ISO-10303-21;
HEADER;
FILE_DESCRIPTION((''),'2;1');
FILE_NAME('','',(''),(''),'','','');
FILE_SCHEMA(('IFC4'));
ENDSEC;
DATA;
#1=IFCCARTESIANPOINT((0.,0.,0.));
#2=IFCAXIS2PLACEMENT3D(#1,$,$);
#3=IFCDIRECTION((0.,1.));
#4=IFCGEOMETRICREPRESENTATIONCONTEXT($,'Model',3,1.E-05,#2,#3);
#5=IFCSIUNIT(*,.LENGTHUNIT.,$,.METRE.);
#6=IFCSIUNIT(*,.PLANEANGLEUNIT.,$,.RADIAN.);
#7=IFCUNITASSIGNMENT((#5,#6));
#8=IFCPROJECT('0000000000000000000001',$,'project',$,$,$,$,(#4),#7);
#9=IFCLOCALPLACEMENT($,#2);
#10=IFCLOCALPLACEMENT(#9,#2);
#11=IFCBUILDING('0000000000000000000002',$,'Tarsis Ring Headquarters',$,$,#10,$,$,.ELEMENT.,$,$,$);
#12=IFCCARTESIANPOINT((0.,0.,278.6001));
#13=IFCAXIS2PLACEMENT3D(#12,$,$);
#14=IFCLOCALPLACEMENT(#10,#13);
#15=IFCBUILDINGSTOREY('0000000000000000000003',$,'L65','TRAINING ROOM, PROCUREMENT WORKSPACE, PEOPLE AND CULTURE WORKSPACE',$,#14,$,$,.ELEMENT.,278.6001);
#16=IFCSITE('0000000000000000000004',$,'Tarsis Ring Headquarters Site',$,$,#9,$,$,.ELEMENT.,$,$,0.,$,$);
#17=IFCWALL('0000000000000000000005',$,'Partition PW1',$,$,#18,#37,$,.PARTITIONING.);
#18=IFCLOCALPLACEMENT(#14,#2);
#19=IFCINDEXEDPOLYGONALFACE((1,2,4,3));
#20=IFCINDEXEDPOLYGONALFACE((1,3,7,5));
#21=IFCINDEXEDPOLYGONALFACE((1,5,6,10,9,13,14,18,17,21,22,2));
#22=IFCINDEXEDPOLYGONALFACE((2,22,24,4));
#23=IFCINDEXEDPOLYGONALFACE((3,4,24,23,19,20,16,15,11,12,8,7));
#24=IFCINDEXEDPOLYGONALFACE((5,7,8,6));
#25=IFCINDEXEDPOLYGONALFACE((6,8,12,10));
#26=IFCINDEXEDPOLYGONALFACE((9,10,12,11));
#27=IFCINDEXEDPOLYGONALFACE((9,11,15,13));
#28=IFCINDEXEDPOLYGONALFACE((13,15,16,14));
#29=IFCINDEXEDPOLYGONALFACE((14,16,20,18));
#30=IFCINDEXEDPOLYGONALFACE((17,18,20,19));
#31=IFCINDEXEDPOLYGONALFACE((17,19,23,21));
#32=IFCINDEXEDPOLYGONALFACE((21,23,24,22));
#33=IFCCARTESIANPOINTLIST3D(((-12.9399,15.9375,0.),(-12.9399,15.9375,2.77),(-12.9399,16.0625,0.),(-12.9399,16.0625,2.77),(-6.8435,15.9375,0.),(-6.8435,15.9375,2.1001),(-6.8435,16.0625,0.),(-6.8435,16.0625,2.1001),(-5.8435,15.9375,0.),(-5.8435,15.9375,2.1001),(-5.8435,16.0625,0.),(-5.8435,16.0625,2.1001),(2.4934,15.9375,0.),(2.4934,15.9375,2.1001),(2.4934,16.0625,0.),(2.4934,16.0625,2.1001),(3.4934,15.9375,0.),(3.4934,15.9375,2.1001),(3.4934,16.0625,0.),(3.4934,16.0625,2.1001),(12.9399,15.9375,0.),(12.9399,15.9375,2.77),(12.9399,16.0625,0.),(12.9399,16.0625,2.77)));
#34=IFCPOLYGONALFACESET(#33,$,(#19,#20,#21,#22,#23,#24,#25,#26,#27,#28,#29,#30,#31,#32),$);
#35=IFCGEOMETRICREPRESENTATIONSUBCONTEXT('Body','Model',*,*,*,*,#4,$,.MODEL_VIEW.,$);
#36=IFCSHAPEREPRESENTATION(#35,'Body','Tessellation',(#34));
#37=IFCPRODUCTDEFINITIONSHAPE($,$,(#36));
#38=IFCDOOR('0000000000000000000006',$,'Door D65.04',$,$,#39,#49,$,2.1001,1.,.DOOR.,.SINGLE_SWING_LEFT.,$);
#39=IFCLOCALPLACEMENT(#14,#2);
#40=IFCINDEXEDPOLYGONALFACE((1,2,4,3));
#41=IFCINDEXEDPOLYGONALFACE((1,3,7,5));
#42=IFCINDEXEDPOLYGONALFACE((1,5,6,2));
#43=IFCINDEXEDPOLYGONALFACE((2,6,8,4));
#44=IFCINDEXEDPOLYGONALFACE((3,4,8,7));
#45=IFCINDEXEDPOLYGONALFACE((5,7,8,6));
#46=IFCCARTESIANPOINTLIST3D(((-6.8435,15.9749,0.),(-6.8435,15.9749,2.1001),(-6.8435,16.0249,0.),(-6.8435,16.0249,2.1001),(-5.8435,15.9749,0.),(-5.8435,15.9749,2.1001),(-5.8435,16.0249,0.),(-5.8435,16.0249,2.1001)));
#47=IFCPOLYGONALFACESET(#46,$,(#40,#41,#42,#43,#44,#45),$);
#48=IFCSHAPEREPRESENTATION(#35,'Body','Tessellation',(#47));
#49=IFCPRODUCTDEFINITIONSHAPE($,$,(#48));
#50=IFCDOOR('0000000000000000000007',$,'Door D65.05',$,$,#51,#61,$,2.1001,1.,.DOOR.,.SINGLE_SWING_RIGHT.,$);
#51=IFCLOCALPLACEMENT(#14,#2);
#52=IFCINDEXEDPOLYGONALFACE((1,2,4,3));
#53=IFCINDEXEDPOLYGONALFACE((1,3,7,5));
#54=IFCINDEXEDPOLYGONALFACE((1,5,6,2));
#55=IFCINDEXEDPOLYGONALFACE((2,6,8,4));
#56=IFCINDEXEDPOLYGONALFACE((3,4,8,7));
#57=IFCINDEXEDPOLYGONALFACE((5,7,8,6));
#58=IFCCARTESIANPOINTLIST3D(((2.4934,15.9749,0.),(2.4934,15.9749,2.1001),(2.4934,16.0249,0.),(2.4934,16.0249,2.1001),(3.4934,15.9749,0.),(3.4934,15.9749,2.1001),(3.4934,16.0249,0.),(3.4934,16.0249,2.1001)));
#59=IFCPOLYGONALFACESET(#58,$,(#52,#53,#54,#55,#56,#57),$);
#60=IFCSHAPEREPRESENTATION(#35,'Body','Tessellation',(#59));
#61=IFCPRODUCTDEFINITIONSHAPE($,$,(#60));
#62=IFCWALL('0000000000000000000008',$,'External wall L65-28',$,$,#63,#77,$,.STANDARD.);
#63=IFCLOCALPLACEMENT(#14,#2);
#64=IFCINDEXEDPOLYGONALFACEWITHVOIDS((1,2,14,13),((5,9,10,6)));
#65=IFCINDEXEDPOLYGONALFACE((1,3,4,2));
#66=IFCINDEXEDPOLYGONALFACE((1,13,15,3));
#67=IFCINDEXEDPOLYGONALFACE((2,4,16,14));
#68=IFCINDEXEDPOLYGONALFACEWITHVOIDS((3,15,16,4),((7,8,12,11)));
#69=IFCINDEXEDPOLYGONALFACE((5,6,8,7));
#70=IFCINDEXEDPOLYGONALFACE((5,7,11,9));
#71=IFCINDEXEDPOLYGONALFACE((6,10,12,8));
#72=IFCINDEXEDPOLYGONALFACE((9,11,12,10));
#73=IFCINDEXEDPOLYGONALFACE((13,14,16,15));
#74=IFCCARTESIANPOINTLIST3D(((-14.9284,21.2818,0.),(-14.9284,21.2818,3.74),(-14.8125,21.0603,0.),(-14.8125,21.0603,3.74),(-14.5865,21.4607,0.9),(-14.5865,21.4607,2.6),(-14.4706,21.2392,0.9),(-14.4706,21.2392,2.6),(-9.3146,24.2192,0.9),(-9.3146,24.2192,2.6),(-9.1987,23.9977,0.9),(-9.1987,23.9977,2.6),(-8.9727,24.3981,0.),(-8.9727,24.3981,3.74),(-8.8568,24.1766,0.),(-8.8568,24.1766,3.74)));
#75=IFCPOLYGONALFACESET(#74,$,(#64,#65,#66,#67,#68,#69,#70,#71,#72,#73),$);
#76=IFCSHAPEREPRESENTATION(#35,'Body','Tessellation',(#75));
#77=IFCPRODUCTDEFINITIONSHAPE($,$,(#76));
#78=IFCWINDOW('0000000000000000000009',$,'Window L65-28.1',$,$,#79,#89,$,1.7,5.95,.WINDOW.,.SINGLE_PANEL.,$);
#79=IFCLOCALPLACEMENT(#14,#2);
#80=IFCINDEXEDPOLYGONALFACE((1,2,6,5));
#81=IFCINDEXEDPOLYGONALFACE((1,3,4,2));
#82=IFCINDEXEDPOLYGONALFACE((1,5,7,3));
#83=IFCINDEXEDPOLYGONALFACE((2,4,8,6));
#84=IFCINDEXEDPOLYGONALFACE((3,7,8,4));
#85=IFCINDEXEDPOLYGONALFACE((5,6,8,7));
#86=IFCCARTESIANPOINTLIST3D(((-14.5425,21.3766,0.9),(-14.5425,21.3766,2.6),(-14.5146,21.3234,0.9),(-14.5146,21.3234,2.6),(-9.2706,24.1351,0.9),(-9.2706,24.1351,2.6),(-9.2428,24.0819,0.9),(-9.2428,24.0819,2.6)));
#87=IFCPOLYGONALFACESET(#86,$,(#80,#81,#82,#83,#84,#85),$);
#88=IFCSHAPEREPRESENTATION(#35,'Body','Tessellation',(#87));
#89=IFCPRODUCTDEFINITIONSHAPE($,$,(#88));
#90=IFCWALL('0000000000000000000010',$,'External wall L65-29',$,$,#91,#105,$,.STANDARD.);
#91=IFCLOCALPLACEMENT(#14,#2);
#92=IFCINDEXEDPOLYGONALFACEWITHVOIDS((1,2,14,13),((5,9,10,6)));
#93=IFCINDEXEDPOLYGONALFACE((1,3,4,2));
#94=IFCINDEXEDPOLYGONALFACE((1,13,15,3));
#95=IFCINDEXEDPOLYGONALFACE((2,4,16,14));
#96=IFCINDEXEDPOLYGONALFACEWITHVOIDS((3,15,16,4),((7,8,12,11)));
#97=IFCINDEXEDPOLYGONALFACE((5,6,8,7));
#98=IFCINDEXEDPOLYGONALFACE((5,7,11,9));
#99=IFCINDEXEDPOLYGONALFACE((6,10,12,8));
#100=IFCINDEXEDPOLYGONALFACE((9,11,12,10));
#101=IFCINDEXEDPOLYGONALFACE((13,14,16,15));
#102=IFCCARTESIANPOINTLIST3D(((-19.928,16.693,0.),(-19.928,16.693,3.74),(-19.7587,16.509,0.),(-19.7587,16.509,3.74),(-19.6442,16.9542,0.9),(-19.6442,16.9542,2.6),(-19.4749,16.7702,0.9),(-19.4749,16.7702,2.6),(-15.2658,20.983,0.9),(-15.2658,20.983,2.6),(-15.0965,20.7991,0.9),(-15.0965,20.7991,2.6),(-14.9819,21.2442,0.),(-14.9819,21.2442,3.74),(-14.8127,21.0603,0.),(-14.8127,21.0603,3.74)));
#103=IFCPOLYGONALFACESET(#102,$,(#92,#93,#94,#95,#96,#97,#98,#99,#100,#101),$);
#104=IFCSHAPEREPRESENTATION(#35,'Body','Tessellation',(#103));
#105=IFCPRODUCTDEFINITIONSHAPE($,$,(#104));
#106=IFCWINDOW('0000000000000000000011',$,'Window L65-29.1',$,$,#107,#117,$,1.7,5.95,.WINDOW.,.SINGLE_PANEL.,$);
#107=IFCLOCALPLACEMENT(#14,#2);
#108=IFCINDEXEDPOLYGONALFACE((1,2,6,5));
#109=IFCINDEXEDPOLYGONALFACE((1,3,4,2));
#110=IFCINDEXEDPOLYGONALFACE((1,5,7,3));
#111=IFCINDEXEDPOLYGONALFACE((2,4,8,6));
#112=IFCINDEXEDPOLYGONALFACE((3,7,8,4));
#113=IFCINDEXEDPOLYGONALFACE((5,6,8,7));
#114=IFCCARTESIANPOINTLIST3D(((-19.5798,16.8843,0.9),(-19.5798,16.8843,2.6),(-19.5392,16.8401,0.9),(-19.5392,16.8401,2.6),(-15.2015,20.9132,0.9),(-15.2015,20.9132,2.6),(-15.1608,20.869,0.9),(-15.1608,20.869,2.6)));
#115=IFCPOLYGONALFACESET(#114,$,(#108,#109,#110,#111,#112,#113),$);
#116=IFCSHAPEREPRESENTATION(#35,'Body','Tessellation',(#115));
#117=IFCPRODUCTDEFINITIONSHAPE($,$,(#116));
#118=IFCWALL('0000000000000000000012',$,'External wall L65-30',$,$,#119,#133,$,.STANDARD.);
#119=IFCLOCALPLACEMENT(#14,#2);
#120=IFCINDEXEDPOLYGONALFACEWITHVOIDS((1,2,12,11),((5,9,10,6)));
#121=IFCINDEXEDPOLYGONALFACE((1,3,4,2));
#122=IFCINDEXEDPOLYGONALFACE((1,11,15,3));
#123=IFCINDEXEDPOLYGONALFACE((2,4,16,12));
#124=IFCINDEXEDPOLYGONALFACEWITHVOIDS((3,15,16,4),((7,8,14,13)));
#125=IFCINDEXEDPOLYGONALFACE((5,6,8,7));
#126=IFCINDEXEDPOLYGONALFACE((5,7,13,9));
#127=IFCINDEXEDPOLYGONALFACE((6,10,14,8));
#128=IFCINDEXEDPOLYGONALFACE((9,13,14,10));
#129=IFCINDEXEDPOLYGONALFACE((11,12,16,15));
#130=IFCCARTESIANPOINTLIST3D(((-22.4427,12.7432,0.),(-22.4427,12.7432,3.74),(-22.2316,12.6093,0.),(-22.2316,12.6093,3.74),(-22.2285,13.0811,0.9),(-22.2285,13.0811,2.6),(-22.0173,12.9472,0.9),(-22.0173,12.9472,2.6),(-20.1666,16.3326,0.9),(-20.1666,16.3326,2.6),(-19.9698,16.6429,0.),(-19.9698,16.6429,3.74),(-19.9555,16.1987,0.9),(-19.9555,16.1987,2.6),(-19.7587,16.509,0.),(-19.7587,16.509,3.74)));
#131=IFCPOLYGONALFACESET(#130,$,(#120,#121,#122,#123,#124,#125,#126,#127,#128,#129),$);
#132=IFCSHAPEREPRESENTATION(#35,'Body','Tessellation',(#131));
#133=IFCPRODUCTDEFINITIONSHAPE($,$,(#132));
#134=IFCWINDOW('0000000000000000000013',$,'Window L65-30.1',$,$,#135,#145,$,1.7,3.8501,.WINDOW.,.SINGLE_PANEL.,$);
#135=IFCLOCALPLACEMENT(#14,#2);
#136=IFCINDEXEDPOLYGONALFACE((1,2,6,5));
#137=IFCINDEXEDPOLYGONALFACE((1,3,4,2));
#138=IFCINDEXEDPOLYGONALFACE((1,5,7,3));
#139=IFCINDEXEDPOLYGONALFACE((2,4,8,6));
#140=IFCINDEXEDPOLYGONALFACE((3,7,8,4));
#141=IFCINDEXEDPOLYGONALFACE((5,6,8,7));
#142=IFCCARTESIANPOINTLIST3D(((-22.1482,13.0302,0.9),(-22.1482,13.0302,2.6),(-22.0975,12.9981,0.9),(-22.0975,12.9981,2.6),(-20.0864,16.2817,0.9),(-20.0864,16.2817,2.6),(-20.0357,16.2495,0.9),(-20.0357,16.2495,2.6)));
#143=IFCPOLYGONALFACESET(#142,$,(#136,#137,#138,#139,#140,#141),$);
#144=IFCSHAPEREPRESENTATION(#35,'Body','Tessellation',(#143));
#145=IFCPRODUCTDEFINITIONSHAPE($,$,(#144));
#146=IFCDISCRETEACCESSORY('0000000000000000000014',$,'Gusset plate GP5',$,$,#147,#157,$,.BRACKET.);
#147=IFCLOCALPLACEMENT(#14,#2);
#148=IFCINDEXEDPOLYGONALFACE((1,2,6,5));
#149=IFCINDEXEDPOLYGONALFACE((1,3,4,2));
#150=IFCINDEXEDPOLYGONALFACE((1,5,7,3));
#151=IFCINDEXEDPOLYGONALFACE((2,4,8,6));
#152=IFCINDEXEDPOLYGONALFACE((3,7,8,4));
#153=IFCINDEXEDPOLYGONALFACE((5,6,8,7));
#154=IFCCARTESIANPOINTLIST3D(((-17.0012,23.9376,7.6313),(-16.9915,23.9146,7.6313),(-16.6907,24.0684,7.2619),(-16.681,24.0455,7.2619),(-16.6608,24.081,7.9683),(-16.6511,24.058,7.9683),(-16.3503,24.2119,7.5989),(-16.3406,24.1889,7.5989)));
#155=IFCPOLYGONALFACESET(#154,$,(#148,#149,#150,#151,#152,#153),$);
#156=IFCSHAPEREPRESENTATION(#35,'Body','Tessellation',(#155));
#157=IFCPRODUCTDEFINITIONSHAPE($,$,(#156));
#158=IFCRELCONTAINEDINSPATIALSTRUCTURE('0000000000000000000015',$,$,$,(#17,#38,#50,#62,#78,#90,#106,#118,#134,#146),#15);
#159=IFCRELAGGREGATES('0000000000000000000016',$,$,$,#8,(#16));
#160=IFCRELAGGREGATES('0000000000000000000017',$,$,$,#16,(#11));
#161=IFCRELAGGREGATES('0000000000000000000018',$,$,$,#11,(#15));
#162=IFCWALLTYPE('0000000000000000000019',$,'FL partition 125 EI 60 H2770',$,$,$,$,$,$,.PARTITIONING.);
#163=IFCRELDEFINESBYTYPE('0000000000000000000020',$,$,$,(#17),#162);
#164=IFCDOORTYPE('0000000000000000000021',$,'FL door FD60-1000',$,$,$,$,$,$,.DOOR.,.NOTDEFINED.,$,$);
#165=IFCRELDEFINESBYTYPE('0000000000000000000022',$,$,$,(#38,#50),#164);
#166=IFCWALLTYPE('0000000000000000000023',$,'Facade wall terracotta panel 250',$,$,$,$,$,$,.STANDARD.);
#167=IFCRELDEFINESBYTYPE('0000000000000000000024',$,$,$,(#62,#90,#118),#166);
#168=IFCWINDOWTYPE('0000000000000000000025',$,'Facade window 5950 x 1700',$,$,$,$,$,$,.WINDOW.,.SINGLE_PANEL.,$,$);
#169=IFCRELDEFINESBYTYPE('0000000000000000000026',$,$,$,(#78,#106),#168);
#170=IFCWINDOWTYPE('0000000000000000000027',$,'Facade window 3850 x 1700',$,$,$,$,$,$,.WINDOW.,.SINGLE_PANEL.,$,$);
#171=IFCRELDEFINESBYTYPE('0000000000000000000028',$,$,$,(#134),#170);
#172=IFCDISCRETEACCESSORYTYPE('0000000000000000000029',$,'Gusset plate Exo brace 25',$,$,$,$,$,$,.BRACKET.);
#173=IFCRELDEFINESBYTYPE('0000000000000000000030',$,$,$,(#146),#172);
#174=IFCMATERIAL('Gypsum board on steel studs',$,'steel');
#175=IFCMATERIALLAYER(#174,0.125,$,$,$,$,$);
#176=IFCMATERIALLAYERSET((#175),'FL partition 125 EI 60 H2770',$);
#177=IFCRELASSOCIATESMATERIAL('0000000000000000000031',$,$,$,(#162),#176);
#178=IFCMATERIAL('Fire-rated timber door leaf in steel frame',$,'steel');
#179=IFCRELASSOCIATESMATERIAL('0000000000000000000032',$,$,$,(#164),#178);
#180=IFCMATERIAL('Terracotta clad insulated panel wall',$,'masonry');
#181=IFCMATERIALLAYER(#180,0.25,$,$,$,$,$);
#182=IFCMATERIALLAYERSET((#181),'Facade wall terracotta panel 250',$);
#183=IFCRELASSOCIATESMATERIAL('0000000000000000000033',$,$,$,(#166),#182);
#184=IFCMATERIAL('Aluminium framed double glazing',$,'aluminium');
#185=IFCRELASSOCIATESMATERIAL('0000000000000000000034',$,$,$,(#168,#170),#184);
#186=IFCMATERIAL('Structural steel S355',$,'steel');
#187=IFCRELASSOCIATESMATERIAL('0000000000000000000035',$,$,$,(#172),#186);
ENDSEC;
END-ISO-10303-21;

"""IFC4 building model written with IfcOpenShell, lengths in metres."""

from ifc_helpers import new_model, si_unit, direction, frame, frame_2d, origin, origin_2d, place, context, subcontext, project, spatial, rectangle, extrude, material, layer, layer_set, material_profile, profile_set, type_object, element, fill, save


model = new_model("IFC4")

# Units and contexts
model_context = context("Model", 3, precision=1e-05, world=origin(), true_north=direction((0.0, 1.0)))
body_context = subcontext(model_context, "Body", "Model", "MODEL_VIEW")
ifc_project = project(units=[si_unit("LENGTHUNIT", "METRE"), si_unit("PLANEANGLEUNIT", "RADIAN")], contexts=[model_context])

# Site, building, storey
site_placement = place(None, origin())
site = spatial("IfcSite", under=ifc_project, at=site_placement, Name="Tarsis Ring Headquarters Site", CompositionType="ELEMENT", RefElevation=0.0)
building_placement = place(site_placement, origin())
building = spatial("IfcBuilding", under=site, at=building_placement, Name="Tarsis Ring Headquarters", CompositionType="ELEMENT")
storey_placement = place(building_placement, frame((0.0, 0.0, 278.6001)))
storey = spatial("IfcBuildingStorey", under=building, at=storey_placement, Name="L65", Description="TRAINING ROOM, PROCUREMENT WORKSPACE, PEOPLE AND CULTURE WORKSPACE", CompositionType="ELEMENT", Elevation=278.6001)

# Shared definitions
ifc_material_1 = material(Name="Structural steel S355", Category="steel")

# Shared definitions
ifc_material_2 = material(Name="Gypsum board on steel studs", Category="steel")

# Wall, openings, doors
ifc_layer_1 = layer(ifc_material_2, 0.125)
ifc_layer_set_1 = layer_set([ifc_layer_1], Name="FL partition 125 EI 60 H2770")
wall_type_1 = type_object("IfcWallType", Name="FL partition 125 EI 60 H2770", PredefinedType="PARTITIONING", material=ifc_layer_set_1)
wall_1_placement = place(storey_placement, frame((-12.9399, 16.0, 0.0), z_axis=(0.0, 0.0, 1.0), x_axis=(1.0, 0.0, 0.0)))
wall_1 = element("IfcWall", 1, at=wall_1_placement, inside=storey, type_object=wall_type_1, Name="Partition PW1", PredefinedType="PARTITIONING", context=body_context, shape_type="SweptSolid", body=[
    extrude(rectangle(XDim=25.8799, YDim=0.125, at=frame_2d((12.9399, 0.0))), origin(), (0.0, 0.0, 1.0), 2.77),
])
opening_1_placement = place(wall_1_placement, frame((6.0964, 0.0, 0.0)))
opening_1 = element("IfcOpeningElement", 2, at=opening_1_placement, cuts=wall_1, PredefinedType="OPENING", context=body_context, shape_type="SweptSolid", body=[
    extrude(rectangle(XDim=1.0, YDim=2.1001, at=frame_2d((0.5, 1.05))), frame((0.0, 0.0725, 0.0), z_axis=(0.0, -1.0, 0.0), x_axis=(1.0, 0.0, 0.0)), (0.0, 0.0, 1.0), 0.145),
])
opening_2_placement = place(wall_1_placement, frame((15.4333, 0.0, 0.0)))
opening_2 = element("IfcOpeningElement", 3, at=opening_2_placement, cuts=wall_1, PredefinedType="OPENING", context=body_context, shape_type="SweptSolid", body=[
    extrude(rectangle(XDim=1.0, YDim=2.1001, at=frame_2d((0.5, 1.05))), frame((0.0, 0.0725, 0.0), z_axis=(0.0, -1.0, 0.0), x_axis=(1.0, 0.0, 0.0)), (0.0, 0.0, 1.0), 0.145),
])
ifc_material_3 = material(Name="Fire-rated timber door leaf in steel frame", Category="steel")
door_type = type_object("IfcDoorType", Name="FL door FD60-1000", OperationType="NOTDEFINED", PredefinedType="DOOR", material=ifc_material_3)
door_1_placement = place(opening_1_placement, origin())
door_1 = element("IfcDoor", 4, at=door_1_placement, inside=storey, type_object=door_type, Name="Door D65.04", OperationType="SINGLE_SWING_LEFT", OverallHeight=2.1001, OverallWidth=1.0, PredefinedType="DOOR", context=body_context, shape_type="SweptSolid", body=[
    extrude(rectangle(XDim=1.0, YDim=2.1001, at=frame_2d((0.5, 1.05))), frame((0.0, 0.0249, 0.0), z_axis=(0.0, -1.0, 0.0), x_axis=(1.0, 0.0, 0.0)), (0.0, 0.0, 1.0), 0.05),
])
fill(opening_1, door_1)
door_2_placement = place(opening_2_placement, origin())
door_2 = element("IfcDoor", 5, at=door_2_placement, inside=storey, type_object=door_type, Name="Door D65.05", OperationType="SINGLE_SWING_RIGHT", OverallHeight=2.1001, OverallWidth=1.0, PredefinedType="DOOR", context=body_context, shape_type="SweptSolid", body=[
    extrude(rectangle(XDim=1.0, YDim=2.1001, at=frame_2d((0.5, 1.05))), frame((0.0, 0.0249, 0.0), z_axis=(0.0, -1.0, 0.0), x_axis=(1.0, 0.0, 0.0)), (0.0, 0.0, 1.0), 0.05),
])
fill(opening_2, door_2)

# Walls, openings, windows
ifc_material_4 = material(Name="Terracotta clad insulated panel wall", Category="masonry")
ifc_layer_2 = layer(ifc_material_4, 0.25)
ifc_layer_set_2 = layer_set([ifc_layer_2], Name="Facade wall terracotta panel 250")
wall_type_2 = type_object("IfcWallType", Name="Facade wall terracotta panel 250", PredefinedType="STANDARD", material=ifc_layer_set_2)
wall_2_placement = place(storey_placement, frame((-8.9148, 24.2874, 0.0), z_axis=(0.0, 0.0, 1.0), x_axis=(-0.886038, -0.463613, 0.0)))
wall_2 = element("IfcWall", 6, at=wall_2_placement, inside=storey, type_object=wall_type_2, Name="External wall L65-28", PredefinedType="STANDARD", context=body_context, shape_type="SweptSolid", body=[
    extrude(rectangle(XDim=6.7217, YDim=0.25, at=frame_2d((3.3608, 0.0))), origin(), (0.0, 0.0, 1.0), 3.74),
])
opening_3_placement = place(wall_2_placement, frame((0.3857, 0.0, 0.8999)))
opening_3 = element("IfcOpeningElement", 7, at=opening_3_placement, cuts=wall_2, PredefinedType="OPENING", context=body_context, shape_type="SweptSolid", body=[
    extrude(rectangle(XDim=5.95, YDim=1.7, at=frame_2d((2.9751, 0.8501))), frame((0.0, 0.135, 0.0), z_axis=(0.0, -1.0, 0.0), x_axis=(1.0, 0.0, 0.0)), (0.0, 0.0, 1.0), 0.27),
])
ifc_material_5 = material(Name="Aluminium framed double glazing", Category="aluminium")
window_type_1 = type_object("IfcWindowType", Name="Facade window 5950 x 1700", PartitioningType="SINGLE_PANEL", PredefinedType="WINDOW", material=ifc_material_5)
window_1_placement = place(opening_3_placement, origin())
window_1 = element("IfcWindow", 8, at=window_1_placement, inside=storey, type_object=window_type_1, Name="Window L65-28.1", OverallHeight=1.7, OverallWidth=5.95, PartitioningType="SINGLE_PANEL", PredefinedType="WINDOW", context=body_context, shape_type="SweptSolid", body=[
    extrude(rectangle(XDim=5.95, YDim=1.7, at=frame_2d((2.9751, 0.8501))), frame((0.0, 0.03, 0.0), z_axis=(0.0, -1.0, 0.0), x_axis=(1.0, 0.0, 0.0)), (0.0, 0.0, 1.0), 0.0601),
])
fill(opening_3, window_1)
wall_3_placement = place(storey_placement, frame((-14.8972, 21.1523, 0.0), z_axis=(0.0, 0.0, 1.0), x_axis=(-0.735864, -0.67713, 0.0)))
wall_3 = element("IfcWall", 9, at=wall_3_placement, inside=storey, type_object=wall_type_2, Name="External wall L65-29", PredefinedType="STANDARD", context=body_context, shape_type="SweptSolid", body=[
    extrude(rectangle(XDim=6.7214, YDim=0.25, at=frame_2d((3.3608, 0.0))), origin(), (0.0, 0.0, 1.0), 3.74),
])
opening_4_placement = place(wall_3_placement, frame((0.3857, 0.0, 0.8999)))
opening_4 = element("IfcOpeningElement", 10, at=opening_4_placement, cuts=wall_3, PredefinedType="OPENING", context=body_context, shape_type="SweptSolid", body=[
    extrude(rectangle(XDim=5.95, YDim=1.7, at=frame_2d((2.9751, 0.8501))), frame((0.0, 0.135, 0.0), z_axis=(0.0, -1.0, 0.0), x_axis=(1.0, 0.0, 0.0)), (0.0, 0.0, 1.0), 0.27),
])
window_2_placement = place(opening_4_placement, origin())
window_2 = element("IfcWindow", 11, at=window_2_placement, inside=storey, type_object=window_type_1, Name="Window L65-29.1", OverallHeight=1.7, OverallWidth=5.95, PartitioningType="SINGLE_PANEL", PredefinedType="WINDOW", context=body_context, shape_type="SweptSolid", body=[
    extrude(rectangle(XDim=5.95, YDim=1.7, at=frame_2d((2.9751, 0.8501))), frame((0.0, 0.03, 0.0), z_axis=(0.0, -1.0, 0.0), x_axis=(1.0, 0.0, 0.0)), (0.0, 0.0, 1.0), 0.0601),
])
fill(opening_4, window_2)
wall_4_placement = place(storey_placement, frame((-19.8643, 16.5759, 0.0), z_axis=(0.0, 0.0, 1.0), x_axis=(-0.535534, -0.844514, 0.0)))
wall_4 = element("IfcWall", 12, at=wall_4_placement, inside=storey, type_object=wall_type_2, Name="External wall L65-30", PredefinedType="STANDARD", context=body_context, shape_type="SweptSolid", body=[
    extrude(rectangle(XDim=4.6177, YDim=0.25, at=frame_2d((2.3088, 0.0))), origin(), (0.0, 0.0, 1.0), 3.74),
])
opening_5_placement = place(wall_4_placement, frame((0.3674, 0.0, 0.8999)))
opening_5 = element("IfcOpeningElement", 13, at=opening_5_placement, cuts=wall_4, PredefinedType="OPENING", context=body_context, shape_type="SweptSolid", body=[
    extrude(rectangle(XDim=3.8501, YDim=1.7, at=frame_2d((1.925, 0.8501))), frame((0.0, 0.135, 0.0), z_axis=(0.0, -1.0, 0.0), x_axis=(1.0, 0.0, 0.0)), (0.0, 0.0, 1.0), 0.27),
])
window_type_2 = type_object("IfcWindowType", Name="Facade window 3850 x 1700", PartitioningType="SINGLE_PANEL", PredefinedType="WINDOW", material=ifc_material_5)
window_3_placement = place(opening_5_placement, origin())
window_3 = element("IfcWindow", 14, at=window_3_placement, inside=storey, type_object=window_type_2, Name="Window L65-30.1", OverallHeight=1.7, OverallWidth=3.8501, PartitioningType="SINGLE_PANEL", PredefinedType="WINDOW", context=body_context, shape_type="SweptSolid", body=[
    extrude(rectangle(XDim=3.8501, YDim=1.7, at=frame_2d((1.925, 0.8501))), frame((0.0, 0.03, 0.0), z_axis=(0.0, -1.0, 0.0), x_axis=(1.0, 0.0, 0.0)), (0.0, 0.0, 1.0), 0.0601),
])
fill(opening_5, window_3)

# Discrete accessory
ifc_material_profile_1 = material_profile(ifc_material_1, rectangle(XDim=0.0249, YDim=0.5, at=origin_2d()), Name="PL 25x500")
ifc_profile_set_1 = profile_set([ifc_material_profile_1], Name="Structural steel S355")
discrete_accessory_type = type_object("IfcDiscreteAccessoryType", Name="Gusset plate Exo brace 25", PredefinedType="BRACKET", material=ifc_profile_set_1)
discrete_accessory_1_placement = place(storey_placement, frame((-16.8262, 23.9978, 7.7998), z_axis=(0.621083, 0.261714, -0.738757), x_axis=(-0.388316, 0.921526, 0.0)))
element("IfcDiscreteAccessory", 15, at=discrete_accessory_1_placement, inside=storey, type_object=discrete_accessory_type, Name="Gusset plate GP5", PredefinedType="BRACKET", context=body_context, shape_type="SweptSolid", body=[
    extrude(rectangle(XDim=0.0249, YDim=0.5, at=origin_2d()), origin(), (0.0, 0.0, 1.0), 0.5),
])

save(model, "model.ifc")
